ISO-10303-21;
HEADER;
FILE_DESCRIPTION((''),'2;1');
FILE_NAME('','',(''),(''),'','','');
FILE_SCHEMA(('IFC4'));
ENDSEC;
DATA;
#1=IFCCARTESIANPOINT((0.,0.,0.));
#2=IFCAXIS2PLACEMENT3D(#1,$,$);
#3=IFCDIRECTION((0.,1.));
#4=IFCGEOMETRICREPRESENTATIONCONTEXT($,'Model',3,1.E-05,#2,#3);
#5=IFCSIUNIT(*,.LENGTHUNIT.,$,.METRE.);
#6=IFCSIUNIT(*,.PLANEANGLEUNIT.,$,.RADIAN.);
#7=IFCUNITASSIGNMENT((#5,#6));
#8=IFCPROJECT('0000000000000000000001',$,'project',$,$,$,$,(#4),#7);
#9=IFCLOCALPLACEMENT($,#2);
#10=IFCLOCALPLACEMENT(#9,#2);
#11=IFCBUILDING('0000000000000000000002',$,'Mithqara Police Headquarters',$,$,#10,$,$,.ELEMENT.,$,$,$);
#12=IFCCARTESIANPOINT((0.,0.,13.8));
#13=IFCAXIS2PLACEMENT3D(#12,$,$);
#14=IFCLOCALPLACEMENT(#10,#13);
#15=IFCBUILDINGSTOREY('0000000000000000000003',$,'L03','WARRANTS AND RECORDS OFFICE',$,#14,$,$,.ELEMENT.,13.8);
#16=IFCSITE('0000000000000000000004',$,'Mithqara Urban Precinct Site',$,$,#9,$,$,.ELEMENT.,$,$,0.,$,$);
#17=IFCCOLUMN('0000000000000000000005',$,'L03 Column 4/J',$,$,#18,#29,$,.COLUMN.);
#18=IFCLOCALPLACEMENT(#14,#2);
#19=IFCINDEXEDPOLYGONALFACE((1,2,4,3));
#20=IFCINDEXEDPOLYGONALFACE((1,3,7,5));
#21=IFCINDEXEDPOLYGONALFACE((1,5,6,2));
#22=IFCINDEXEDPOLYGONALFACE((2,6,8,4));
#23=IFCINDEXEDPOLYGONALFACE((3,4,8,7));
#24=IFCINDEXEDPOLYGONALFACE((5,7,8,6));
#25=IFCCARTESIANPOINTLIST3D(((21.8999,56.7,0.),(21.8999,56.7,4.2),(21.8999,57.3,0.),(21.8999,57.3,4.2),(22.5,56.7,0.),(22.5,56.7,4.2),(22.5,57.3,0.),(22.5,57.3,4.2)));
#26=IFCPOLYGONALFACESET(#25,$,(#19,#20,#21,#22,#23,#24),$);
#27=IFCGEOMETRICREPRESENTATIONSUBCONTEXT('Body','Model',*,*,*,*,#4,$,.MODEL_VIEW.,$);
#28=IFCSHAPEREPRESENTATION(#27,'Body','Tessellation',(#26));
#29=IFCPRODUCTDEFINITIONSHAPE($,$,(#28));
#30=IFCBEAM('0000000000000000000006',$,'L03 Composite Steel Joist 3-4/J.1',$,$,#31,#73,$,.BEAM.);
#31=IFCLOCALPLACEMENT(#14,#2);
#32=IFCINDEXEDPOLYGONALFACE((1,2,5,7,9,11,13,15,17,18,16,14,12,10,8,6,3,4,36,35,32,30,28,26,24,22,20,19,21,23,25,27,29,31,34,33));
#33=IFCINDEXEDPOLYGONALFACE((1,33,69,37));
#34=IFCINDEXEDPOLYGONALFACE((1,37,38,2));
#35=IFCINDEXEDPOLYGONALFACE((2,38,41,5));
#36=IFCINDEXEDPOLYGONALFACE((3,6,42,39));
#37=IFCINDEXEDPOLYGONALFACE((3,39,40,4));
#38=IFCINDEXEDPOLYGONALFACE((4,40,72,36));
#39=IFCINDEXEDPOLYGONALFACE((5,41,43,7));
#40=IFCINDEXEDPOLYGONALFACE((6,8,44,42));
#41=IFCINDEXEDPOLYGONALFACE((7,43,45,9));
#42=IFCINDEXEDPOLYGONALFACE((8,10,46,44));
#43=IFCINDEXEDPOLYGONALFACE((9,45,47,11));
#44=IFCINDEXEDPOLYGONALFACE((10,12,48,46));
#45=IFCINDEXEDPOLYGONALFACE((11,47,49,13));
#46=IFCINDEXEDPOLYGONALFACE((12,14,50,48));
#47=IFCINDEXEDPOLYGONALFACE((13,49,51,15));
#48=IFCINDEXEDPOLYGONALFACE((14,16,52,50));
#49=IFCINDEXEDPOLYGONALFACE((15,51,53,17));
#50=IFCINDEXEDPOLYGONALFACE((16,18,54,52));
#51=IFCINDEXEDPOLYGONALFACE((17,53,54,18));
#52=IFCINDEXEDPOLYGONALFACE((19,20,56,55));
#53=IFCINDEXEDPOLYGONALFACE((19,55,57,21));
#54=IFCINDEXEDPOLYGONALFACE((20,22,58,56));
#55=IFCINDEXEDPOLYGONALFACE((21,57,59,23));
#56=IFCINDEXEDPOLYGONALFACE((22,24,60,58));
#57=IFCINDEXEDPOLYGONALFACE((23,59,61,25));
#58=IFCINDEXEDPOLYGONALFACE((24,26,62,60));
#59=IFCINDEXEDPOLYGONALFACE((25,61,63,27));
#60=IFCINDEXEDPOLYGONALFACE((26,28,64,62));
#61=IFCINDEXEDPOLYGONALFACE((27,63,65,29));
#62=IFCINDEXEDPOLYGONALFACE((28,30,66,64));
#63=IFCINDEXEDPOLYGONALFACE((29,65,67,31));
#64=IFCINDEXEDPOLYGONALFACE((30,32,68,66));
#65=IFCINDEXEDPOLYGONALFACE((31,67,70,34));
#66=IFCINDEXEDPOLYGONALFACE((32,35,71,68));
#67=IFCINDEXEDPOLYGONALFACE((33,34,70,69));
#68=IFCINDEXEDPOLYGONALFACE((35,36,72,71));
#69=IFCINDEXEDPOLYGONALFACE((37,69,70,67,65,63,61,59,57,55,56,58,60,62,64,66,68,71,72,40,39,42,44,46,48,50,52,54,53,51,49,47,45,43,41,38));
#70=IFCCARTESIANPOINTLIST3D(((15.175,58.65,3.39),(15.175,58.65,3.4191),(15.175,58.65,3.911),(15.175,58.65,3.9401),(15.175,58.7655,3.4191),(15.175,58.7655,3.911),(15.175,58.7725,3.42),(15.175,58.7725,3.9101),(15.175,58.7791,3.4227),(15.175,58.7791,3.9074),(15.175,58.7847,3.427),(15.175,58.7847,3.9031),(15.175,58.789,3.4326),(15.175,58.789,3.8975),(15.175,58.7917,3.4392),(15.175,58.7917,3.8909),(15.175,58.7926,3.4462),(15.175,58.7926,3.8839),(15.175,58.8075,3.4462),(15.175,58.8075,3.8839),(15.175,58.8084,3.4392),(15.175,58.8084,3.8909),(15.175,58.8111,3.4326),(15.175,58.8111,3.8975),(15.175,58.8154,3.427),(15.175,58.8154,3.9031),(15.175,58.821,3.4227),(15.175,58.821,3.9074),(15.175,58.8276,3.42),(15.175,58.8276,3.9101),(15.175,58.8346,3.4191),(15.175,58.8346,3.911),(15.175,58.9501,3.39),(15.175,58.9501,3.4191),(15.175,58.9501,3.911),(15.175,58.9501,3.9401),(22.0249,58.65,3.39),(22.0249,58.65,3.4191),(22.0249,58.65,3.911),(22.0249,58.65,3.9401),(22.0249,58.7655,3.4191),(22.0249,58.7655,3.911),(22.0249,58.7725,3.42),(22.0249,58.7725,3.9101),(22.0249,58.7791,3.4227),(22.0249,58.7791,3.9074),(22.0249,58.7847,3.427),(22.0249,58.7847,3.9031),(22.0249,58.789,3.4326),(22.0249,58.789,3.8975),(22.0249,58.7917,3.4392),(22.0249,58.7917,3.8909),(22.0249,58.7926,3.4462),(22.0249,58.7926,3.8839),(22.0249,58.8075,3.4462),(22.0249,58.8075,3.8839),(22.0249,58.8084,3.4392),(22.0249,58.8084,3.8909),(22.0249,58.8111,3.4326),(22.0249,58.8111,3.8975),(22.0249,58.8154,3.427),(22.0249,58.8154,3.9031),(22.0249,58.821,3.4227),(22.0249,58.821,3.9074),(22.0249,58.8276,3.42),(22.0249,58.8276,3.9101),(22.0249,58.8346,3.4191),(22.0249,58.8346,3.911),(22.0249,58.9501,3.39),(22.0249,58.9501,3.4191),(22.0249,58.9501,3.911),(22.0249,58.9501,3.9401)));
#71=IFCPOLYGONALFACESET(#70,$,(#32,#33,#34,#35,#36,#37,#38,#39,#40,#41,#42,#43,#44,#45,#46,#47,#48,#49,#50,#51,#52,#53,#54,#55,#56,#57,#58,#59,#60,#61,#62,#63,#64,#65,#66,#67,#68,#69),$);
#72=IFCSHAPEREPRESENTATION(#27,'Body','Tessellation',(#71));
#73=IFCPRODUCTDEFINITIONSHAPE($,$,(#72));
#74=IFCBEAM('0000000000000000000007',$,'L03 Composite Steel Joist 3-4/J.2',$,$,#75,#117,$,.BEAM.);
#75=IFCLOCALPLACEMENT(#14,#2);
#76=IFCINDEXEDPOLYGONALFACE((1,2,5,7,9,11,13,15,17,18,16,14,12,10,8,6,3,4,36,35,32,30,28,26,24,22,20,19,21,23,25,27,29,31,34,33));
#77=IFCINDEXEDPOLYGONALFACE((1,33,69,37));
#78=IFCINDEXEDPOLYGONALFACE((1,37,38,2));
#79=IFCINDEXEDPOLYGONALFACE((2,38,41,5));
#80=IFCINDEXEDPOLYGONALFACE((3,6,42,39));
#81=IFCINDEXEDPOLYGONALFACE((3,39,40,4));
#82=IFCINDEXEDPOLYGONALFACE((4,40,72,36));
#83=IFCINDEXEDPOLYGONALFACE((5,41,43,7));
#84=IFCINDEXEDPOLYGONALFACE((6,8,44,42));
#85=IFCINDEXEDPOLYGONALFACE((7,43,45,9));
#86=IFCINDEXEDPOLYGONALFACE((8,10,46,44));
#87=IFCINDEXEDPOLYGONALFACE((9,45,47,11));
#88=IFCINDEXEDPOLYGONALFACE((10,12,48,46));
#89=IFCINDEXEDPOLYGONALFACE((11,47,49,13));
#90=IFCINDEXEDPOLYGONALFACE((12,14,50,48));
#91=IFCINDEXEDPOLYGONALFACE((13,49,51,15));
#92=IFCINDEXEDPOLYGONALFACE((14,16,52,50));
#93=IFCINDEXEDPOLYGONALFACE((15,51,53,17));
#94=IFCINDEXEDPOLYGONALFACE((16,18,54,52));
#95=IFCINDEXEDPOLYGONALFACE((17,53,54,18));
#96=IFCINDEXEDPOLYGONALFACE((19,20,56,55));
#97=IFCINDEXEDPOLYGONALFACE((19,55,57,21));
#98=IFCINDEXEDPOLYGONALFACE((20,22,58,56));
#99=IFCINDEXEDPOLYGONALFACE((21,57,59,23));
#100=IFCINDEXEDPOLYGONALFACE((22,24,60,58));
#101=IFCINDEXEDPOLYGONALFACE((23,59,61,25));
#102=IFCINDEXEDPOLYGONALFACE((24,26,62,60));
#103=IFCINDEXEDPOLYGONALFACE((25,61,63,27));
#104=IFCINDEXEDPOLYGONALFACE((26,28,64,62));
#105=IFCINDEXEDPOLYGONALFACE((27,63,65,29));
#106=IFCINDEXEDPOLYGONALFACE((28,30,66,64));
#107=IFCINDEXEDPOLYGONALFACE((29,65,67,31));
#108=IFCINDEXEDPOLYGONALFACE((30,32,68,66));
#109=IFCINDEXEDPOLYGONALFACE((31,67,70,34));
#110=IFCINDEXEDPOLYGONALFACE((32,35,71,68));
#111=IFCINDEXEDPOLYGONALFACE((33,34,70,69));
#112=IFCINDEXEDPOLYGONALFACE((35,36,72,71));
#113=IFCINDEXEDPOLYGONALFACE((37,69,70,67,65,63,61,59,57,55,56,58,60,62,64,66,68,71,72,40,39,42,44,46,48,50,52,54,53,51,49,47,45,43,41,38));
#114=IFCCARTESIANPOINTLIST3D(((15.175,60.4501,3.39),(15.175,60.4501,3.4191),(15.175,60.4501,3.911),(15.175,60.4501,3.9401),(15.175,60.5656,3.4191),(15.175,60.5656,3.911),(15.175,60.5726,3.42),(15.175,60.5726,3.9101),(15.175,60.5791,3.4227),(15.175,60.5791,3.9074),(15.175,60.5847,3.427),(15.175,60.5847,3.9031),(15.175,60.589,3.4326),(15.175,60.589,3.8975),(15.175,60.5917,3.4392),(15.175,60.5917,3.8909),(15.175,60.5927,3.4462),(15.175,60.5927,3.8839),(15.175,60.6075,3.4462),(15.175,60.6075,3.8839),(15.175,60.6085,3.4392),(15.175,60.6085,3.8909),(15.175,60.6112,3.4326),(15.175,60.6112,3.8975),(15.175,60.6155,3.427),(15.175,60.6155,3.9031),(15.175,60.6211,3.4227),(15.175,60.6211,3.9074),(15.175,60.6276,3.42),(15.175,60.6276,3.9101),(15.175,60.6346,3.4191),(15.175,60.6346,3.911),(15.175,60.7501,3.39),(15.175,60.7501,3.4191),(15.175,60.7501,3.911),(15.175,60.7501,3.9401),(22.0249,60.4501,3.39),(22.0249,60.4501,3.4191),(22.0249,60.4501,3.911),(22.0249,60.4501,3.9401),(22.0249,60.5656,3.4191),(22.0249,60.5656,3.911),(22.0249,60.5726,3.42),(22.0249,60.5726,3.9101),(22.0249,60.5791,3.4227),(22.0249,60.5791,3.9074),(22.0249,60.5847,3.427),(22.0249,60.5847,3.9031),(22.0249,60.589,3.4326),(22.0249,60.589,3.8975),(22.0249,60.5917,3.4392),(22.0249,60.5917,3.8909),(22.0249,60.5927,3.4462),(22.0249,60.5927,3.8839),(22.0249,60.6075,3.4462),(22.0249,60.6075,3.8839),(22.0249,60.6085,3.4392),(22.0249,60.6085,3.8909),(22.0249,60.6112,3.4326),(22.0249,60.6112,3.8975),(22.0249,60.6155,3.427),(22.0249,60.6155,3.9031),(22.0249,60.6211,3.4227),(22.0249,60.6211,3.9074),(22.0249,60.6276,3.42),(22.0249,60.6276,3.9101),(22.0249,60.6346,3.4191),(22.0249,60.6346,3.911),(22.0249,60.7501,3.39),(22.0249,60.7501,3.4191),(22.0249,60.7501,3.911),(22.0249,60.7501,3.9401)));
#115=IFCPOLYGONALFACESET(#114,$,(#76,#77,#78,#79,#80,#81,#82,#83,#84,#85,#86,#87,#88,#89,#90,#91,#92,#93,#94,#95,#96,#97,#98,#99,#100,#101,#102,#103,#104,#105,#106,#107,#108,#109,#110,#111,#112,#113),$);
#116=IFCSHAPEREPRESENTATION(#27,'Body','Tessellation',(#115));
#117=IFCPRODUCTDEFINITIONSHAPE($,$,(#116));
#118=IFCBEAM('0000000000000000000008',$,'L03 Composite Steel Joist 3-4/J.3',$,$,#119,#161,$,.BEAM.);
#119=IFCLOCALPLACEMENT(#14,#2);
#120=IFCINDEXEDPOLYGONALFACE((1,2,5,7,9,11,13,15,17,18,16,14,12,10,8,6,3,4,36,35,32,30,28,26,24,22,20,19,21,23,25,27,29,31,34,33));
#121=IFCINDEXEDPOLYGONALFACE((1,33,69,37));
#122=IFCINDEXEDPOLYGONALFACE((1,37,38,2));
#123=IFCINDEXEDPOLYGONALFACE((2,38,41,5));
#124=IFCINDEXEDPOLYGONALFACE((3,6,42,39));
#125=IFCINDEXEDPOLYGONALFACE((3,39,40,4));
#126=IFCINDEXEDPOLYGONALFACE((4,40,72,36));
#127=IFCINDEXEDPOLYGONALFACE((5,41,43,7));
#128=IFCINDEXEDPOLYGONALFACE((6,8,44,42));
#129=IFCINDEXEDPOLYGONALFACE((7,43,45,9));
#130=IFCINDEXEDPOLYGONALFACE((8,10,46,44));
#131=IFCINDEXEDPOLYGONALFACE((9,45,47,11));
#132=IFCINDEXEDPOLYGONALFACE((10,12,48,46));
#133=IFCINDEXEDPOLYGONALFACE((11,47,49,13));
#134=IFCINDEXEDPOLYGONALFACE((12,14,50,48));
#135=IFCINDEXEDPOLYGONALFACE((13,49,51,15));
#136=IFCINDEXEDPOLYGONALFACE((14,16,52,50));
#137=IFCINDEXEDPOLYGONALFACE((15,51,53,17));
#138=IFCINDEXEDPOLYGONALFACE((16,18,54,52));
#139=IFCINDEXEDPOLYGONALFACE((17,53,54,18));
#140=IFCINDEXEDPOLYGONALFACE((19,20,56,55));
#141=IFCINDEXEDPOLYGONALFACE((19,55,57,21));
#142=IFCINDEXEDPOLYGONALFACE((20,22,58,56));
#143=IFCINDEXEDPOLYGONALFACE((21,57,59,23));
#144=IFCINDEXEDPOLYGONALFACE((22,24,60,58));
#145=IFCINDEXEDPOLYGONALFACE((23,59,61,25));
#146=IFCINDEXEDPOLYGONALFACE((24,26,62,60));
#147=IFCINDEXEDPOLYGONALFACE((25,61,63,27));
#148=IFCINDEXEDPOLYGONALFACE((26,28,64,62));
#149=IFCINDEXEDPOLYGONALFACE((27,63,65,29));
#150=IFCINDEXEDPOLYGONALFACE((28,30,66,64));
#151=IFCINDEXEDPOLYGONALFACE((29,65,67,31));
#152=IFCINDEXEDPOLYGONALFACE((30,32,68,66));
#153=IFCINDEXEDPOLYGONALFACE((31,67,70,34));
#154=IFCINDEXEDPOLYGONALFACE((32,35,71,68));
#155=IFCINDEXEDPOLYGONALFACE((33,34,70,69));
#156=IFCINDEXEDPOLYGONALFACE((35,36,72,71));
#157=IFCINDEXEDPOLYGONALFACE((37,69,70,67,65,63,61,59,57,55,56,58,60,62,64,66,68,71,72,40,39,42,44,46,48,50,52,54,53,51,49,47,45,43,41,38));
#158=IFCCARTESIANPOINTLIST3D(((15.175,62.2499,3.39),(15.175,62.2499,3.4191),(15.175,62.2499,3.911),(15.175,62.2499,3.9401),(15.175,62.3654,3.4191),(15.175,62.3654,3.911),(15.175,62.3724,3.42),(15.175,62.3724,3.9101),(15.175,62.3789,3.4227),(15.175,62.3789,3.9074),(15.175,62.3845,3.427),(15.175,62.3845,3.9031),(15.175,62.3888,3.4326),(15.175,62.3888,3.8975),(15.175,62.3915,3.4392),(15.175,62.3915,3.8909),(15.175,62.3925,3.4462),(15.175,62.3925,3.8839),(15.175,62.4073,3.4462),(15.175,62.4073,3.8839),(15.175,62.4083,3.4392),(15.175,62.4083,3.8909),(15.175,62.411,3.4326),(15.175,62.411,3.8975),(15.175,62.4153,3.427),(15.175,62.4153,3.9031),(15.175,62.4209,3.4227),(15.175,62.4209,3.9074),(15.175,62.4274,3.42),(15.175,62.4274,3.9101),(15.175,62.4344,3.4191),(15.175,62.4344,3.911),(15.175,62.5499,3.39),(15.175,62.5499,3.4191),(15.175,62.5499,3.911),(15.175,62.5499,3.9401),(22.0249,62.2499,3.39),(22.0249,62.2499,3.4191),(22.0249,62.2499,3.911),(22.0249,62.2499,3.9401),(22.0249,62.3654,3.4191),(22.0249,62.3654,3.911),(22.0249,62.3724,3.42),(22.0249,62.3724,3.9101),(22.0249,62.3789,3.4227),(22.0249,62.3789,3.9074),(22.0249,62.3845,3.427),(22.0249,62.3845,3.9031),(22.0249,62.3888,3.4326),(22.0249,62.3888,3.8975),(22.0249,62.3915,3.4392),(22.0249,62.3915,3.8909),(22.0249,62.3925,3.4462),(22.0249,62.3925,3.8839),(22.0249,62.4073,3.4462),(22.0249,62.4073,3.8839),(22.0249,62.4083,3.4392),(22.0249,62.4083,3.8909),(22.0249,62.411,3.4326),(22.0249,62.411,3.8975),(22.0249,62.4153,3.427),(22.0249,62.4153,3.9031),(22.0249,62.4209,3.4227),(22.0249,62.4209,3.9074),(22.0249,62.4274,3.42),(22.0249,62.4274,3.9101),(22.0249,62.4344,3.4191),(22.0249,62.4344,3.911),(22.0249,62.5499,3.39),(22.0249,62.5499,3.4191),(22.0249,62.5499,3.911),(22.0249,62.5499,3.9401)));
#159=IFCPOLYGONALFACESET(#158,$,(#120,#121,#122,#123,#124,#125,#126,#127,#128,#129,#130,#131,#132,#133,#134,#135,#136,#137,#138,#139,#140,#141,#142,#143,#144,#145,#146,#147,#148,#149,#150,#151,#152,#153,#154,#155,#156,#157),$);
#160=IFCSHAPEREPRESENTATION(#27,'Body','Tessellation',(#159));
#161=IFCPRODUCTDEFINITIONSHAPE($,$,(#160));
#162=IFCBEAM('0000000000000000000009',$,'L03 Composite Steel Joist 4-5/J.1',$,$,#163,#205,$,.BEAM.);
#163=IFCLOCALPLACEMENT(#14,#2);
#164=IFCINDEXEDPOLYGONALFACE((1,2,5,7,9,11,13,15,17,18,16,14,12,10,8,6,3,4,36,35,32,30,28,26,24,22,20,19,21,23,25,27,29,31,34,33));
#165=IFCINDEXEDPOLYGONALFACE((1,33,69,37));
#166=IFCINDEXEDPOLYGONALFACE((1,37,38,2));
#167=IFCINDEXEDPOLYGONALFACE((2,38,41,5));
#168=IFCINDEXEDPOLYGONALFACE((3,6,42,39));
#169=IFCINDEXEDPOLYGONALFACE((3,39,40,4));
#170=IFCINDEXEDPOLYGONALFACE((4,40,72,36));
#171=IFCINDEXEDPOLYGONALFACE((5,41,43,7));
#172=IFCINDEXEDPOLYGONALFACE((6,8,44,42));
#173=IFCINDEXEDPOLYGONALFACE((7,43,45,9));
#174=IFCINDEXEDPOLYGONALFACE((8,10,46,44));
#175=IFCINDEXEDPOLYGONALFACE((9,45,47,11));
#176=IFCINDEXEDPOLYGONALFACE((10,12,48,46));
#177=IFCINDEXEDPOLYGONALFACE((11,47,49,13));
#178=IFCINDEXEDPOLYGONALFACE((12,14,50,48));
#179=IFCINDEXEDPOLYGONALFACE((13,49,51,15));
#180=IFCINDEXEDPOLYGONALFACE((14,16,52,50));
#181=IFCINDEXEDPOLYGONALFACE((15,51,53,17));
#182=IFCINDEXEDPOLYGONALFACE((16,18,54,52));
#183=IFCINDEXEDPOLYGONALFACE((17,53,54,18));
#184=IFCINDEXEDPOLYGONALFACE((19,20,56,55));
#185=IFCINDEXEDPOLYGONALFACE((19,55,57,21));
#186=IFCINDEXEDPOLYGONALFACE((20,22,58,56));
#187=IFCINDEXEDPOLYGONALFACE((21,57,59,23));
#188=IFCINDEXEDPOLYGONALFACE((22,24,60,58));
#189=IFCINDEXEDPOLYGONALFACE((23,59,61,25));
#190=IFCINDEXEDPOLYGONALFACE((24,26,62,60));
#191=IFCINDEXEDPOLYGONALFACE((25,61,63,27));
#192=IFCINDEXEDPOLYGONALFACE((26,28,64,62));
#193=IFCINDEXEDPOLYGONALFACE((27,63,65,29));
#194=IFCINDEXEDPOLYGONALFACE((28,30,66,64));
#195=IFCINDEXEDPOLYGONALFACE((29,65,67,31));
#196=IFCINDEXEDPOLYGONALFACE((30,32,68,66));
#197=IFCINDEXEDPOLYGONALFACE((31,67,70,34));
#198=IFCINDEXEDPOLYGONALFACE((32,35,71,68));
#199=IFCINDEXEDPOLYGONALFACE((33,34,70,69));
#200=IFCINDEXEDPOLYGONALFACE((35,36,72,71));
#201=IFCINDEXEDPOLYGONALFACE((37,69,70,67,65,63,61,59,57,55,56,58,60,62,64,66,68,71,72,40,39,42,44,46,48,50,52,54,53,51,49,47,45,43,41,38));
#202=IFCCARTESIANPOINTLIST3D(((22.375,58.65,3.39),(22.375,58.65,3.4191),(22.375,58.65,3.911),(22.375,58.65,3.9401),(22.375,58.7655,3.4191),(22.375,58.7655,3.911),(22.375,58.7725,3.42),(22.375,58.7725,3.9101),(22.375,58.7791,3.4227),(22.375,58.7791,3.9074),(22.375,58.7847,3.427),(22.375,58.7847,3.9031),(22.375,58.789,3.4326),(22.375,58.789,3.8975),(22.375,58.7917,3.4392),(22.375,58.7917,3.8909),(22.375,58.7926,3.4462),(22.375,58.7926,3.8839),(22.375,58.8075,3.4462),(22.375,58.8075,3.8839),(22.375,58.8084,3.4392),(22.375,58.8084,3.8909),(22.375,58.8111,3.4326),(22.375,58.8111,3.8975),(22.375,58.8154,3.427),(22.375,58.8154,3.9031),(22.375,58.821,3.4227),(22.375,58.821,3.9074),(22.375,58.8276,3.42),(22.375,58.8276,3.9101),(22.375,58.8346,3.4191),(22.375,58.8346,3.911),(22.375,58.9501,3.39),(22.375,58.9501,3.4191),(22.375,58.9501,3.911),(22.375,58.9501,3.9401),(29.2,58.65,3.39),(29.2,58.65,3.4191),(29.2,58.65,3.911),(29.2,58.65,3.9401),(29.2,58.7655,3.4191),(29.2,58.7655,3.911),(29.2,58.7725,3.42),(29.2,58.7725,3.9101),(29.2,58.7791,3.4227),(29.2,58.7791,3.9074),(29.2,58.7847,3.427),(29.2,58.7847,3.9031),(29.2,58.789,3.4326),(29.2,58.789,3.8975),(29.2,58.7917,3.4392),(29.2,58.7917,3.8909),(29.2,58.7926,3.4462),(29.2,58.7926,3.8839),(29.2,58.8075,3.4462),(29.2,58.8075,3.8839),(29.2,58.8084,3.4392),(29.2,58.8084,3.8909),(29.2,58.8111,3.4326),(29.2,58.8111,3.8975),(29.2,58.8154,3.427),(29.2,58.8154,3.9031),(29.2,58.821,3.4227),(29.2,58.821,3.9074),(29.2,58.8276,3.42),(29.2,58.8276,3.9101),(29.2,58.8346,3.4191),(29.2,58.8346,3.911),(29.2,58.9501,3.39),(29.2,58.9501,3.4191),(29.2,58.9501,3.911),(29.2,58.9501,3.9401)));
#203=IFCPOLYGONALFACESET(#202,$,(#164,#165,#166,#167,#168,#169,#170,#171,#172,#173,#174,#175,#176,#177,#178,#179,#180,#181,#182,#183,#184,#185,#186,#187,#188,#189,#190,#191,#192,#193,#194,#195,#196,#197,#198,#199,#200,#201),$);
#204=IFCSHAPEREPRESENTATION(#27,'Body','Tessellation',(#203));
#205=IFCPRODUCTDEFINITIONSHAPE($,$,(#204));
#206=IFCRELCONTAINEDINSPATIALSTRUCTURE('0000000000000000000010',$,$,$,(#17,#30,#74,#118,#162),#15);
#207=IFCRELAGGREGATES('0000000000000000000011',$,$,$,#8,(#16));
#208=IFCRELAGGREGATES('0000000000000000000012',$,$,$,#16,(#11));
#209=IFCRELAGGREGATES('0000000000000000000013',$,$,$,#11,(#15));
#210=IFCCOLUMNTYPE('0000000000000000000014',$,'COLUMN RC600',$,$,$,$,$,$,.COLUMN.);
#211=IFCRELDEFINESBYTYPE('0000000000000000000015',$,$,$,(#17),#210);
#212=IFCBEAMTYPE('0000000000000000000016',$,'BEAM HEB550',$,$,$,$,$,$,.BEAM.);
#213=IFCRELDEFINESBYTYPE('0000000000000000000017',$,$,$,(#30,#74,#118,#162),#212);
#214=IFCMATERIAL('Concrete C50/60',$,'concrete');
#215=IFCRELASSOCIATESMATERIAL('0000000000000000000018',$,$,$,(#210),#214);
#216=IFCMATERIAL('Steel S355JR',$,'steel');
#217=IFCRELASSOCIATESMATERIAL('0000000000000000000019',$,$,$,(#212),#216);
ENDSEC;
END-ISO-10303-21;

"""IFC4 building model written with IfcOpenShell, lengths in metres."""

from ifc_helpers import new_model, si_unit, direction, frame, origin, origin_2d, place, context, subcontext, project, spatial, rectangle, i_section, extrude, material, material_profile, profile_set, type_object, element, save


model = new_model("IFC4")

# Units and contexts
model_context = context("Model", 3, precision=1e-05, world=origin(), true_north=direction((0.0, 1.0)))
body_context = subcontext(model_context, "Body", "Model", "MODEL_VIEW")
ifc_project = project(units=[si_unit("LENGTHUNIT", "METRE"), si_unit("PLANEANGLEUNIT", "RADIAN")], contexts=[model_context])

# Site, building, storey
site_placement = place(None, origin())
site = spatial("IfcSite", under=ifc_project, at=site_placement, Name="Mithqara Urban Precinct Site", CompositionType="ELEMENT", RefElevation=0.0)
building_placement = place(site_placement, origin())
building = spatial("IfcBuilding", under=site, at=building_placement, Name="Mithqara Police Headquarters", CompositionType="ELEMENT")
storey_placement = place(building_placement, frame((0.0, 0.0, 13.8)))
storey = spatial("IfcBuildingStorey", under=building, at=storey_placement, Name="L03", Description="WARRANTS AND RECORDS OFFICE", CompositionType="ELEMENT", Elevation=13.8)

# Column
ifc_material_1 = material(Name="Concrete C50/60", Category="concrete")
ifc_material_profile_1 = material_profile(ifc_material_1, rectangle(XDim=0.6001, YDim=0.6001, at=origin_2d()), Name="RC 600x600")
ifc_profile_set_1 = profile_set([ifc_material_profile_1], Name="Concrete C50/60")
column_type = type_object("IfcColumnType", Name="COLUMN RC600", PredefinedType="COLUMN", material=ifc_profile_set_1)
column_placement = place(storey_placement, frame((22.2, 57.0, 0.0), z_axis=(0.0, 0.0, 1.0), x_axis=(1.0, 0.0, 0.0)))
element("IfcColumn", 1, at=column_placement, inside=storey, type_object=column_type, Name="L03 Column 4/J", PredefinedType="COLUMN", context=body_context, shape_type="SweptSolid", body=[
    extrude(rectangle(XDim=0.6001, YDim=0.6001, at=origin_2d()), origin(), (0.0, 0.0, 1.0), 4.2),
])

# Beams
ifc_material_2 = material(Name="Steel S355JR", Category="steel")
ifc_material_profile_2 = material_profile(ifc_material_2, i_section(OverallWidth=0.3, OverallDepth=0.55, WebThickness=0.0149, FlangeThickness=0.0291, FilletRadius=0.0271, at=origin_2d()), Name="HEB 550")
ifc_profile_set_2 = profile_set([ifc_material_profile_2], Name="Steel S355JR")
beam_type_1 = type_object("IfcBeamType", Name="BEAM HEB550", PredefinedType="BEAM", material=ifc_profile_set_2)
for number, where, z_axis, x_axis, name in (
    (2, (15.175, 58.8, 3.665), (1.0, 0.0, 0.0), (0.0, 1.0, 0.0), "L03 Composite Steel Joist 3-4/J.1"),
    (3, (15.175, 60.6001, 3.665), (1.0, 0.0, 0.0), (0.0, 1.0, 0.0), "L03 Composite Steel Joist 3-4/J.2"),
    (4, (15.175, 62.3999, 3.665), (1.0, 0.0, 0.0), (0.0, 1.0, 0.0), "L03 Composite Steel Joist 3-4/J.3"),
):
    element("IfcBeam", number, at=place(storey_placement, frame(where, z_axis=z_axis, x_axis=x_axis)), inside=storey, type_object=beam_type_1, Name=name, PredefinedType="BEAM", context=body_context, shape_type="SweptSolid", body=[
        extrude(i_section(OverallWidth=0.3, OverallDepth=0.55, WebThickness=0.0149, FlangeThickness=0.0291, FilletRadius=0.0271, at=origin_2d()), origin(), (0.0, 0.0, 1.0), 6.8499),
    ])
for number, where, z_axis, x_axis, name in (
    (5, (22.375, 58.8, 3.665), (1.0, 0.0, 0.0), (0.0, 1.0, 0.0), "L03 Composite Steel Joist 4-5/J.1"),
):
    element("IfcBeam", number, at=place(storey_placement, frame(where, z_axis=z_axis, x_axis=x_axis)), inside=storey, type_object=beam_type_1, Name=name, PredefinedType="BEAM", context=body_context, shape_type="SweptSolid", body=[
        extrude(i_section(OverallWidth=0.3, OverallDepth=0.55, WebThickness=0.0149, FlangeThickness=0.0291, FilletRadius=0.0271, at=origin_2d()), origin(), (0.0, 0.0, 1.0), 6.825),
    ])

save(model, "model.ifc")
